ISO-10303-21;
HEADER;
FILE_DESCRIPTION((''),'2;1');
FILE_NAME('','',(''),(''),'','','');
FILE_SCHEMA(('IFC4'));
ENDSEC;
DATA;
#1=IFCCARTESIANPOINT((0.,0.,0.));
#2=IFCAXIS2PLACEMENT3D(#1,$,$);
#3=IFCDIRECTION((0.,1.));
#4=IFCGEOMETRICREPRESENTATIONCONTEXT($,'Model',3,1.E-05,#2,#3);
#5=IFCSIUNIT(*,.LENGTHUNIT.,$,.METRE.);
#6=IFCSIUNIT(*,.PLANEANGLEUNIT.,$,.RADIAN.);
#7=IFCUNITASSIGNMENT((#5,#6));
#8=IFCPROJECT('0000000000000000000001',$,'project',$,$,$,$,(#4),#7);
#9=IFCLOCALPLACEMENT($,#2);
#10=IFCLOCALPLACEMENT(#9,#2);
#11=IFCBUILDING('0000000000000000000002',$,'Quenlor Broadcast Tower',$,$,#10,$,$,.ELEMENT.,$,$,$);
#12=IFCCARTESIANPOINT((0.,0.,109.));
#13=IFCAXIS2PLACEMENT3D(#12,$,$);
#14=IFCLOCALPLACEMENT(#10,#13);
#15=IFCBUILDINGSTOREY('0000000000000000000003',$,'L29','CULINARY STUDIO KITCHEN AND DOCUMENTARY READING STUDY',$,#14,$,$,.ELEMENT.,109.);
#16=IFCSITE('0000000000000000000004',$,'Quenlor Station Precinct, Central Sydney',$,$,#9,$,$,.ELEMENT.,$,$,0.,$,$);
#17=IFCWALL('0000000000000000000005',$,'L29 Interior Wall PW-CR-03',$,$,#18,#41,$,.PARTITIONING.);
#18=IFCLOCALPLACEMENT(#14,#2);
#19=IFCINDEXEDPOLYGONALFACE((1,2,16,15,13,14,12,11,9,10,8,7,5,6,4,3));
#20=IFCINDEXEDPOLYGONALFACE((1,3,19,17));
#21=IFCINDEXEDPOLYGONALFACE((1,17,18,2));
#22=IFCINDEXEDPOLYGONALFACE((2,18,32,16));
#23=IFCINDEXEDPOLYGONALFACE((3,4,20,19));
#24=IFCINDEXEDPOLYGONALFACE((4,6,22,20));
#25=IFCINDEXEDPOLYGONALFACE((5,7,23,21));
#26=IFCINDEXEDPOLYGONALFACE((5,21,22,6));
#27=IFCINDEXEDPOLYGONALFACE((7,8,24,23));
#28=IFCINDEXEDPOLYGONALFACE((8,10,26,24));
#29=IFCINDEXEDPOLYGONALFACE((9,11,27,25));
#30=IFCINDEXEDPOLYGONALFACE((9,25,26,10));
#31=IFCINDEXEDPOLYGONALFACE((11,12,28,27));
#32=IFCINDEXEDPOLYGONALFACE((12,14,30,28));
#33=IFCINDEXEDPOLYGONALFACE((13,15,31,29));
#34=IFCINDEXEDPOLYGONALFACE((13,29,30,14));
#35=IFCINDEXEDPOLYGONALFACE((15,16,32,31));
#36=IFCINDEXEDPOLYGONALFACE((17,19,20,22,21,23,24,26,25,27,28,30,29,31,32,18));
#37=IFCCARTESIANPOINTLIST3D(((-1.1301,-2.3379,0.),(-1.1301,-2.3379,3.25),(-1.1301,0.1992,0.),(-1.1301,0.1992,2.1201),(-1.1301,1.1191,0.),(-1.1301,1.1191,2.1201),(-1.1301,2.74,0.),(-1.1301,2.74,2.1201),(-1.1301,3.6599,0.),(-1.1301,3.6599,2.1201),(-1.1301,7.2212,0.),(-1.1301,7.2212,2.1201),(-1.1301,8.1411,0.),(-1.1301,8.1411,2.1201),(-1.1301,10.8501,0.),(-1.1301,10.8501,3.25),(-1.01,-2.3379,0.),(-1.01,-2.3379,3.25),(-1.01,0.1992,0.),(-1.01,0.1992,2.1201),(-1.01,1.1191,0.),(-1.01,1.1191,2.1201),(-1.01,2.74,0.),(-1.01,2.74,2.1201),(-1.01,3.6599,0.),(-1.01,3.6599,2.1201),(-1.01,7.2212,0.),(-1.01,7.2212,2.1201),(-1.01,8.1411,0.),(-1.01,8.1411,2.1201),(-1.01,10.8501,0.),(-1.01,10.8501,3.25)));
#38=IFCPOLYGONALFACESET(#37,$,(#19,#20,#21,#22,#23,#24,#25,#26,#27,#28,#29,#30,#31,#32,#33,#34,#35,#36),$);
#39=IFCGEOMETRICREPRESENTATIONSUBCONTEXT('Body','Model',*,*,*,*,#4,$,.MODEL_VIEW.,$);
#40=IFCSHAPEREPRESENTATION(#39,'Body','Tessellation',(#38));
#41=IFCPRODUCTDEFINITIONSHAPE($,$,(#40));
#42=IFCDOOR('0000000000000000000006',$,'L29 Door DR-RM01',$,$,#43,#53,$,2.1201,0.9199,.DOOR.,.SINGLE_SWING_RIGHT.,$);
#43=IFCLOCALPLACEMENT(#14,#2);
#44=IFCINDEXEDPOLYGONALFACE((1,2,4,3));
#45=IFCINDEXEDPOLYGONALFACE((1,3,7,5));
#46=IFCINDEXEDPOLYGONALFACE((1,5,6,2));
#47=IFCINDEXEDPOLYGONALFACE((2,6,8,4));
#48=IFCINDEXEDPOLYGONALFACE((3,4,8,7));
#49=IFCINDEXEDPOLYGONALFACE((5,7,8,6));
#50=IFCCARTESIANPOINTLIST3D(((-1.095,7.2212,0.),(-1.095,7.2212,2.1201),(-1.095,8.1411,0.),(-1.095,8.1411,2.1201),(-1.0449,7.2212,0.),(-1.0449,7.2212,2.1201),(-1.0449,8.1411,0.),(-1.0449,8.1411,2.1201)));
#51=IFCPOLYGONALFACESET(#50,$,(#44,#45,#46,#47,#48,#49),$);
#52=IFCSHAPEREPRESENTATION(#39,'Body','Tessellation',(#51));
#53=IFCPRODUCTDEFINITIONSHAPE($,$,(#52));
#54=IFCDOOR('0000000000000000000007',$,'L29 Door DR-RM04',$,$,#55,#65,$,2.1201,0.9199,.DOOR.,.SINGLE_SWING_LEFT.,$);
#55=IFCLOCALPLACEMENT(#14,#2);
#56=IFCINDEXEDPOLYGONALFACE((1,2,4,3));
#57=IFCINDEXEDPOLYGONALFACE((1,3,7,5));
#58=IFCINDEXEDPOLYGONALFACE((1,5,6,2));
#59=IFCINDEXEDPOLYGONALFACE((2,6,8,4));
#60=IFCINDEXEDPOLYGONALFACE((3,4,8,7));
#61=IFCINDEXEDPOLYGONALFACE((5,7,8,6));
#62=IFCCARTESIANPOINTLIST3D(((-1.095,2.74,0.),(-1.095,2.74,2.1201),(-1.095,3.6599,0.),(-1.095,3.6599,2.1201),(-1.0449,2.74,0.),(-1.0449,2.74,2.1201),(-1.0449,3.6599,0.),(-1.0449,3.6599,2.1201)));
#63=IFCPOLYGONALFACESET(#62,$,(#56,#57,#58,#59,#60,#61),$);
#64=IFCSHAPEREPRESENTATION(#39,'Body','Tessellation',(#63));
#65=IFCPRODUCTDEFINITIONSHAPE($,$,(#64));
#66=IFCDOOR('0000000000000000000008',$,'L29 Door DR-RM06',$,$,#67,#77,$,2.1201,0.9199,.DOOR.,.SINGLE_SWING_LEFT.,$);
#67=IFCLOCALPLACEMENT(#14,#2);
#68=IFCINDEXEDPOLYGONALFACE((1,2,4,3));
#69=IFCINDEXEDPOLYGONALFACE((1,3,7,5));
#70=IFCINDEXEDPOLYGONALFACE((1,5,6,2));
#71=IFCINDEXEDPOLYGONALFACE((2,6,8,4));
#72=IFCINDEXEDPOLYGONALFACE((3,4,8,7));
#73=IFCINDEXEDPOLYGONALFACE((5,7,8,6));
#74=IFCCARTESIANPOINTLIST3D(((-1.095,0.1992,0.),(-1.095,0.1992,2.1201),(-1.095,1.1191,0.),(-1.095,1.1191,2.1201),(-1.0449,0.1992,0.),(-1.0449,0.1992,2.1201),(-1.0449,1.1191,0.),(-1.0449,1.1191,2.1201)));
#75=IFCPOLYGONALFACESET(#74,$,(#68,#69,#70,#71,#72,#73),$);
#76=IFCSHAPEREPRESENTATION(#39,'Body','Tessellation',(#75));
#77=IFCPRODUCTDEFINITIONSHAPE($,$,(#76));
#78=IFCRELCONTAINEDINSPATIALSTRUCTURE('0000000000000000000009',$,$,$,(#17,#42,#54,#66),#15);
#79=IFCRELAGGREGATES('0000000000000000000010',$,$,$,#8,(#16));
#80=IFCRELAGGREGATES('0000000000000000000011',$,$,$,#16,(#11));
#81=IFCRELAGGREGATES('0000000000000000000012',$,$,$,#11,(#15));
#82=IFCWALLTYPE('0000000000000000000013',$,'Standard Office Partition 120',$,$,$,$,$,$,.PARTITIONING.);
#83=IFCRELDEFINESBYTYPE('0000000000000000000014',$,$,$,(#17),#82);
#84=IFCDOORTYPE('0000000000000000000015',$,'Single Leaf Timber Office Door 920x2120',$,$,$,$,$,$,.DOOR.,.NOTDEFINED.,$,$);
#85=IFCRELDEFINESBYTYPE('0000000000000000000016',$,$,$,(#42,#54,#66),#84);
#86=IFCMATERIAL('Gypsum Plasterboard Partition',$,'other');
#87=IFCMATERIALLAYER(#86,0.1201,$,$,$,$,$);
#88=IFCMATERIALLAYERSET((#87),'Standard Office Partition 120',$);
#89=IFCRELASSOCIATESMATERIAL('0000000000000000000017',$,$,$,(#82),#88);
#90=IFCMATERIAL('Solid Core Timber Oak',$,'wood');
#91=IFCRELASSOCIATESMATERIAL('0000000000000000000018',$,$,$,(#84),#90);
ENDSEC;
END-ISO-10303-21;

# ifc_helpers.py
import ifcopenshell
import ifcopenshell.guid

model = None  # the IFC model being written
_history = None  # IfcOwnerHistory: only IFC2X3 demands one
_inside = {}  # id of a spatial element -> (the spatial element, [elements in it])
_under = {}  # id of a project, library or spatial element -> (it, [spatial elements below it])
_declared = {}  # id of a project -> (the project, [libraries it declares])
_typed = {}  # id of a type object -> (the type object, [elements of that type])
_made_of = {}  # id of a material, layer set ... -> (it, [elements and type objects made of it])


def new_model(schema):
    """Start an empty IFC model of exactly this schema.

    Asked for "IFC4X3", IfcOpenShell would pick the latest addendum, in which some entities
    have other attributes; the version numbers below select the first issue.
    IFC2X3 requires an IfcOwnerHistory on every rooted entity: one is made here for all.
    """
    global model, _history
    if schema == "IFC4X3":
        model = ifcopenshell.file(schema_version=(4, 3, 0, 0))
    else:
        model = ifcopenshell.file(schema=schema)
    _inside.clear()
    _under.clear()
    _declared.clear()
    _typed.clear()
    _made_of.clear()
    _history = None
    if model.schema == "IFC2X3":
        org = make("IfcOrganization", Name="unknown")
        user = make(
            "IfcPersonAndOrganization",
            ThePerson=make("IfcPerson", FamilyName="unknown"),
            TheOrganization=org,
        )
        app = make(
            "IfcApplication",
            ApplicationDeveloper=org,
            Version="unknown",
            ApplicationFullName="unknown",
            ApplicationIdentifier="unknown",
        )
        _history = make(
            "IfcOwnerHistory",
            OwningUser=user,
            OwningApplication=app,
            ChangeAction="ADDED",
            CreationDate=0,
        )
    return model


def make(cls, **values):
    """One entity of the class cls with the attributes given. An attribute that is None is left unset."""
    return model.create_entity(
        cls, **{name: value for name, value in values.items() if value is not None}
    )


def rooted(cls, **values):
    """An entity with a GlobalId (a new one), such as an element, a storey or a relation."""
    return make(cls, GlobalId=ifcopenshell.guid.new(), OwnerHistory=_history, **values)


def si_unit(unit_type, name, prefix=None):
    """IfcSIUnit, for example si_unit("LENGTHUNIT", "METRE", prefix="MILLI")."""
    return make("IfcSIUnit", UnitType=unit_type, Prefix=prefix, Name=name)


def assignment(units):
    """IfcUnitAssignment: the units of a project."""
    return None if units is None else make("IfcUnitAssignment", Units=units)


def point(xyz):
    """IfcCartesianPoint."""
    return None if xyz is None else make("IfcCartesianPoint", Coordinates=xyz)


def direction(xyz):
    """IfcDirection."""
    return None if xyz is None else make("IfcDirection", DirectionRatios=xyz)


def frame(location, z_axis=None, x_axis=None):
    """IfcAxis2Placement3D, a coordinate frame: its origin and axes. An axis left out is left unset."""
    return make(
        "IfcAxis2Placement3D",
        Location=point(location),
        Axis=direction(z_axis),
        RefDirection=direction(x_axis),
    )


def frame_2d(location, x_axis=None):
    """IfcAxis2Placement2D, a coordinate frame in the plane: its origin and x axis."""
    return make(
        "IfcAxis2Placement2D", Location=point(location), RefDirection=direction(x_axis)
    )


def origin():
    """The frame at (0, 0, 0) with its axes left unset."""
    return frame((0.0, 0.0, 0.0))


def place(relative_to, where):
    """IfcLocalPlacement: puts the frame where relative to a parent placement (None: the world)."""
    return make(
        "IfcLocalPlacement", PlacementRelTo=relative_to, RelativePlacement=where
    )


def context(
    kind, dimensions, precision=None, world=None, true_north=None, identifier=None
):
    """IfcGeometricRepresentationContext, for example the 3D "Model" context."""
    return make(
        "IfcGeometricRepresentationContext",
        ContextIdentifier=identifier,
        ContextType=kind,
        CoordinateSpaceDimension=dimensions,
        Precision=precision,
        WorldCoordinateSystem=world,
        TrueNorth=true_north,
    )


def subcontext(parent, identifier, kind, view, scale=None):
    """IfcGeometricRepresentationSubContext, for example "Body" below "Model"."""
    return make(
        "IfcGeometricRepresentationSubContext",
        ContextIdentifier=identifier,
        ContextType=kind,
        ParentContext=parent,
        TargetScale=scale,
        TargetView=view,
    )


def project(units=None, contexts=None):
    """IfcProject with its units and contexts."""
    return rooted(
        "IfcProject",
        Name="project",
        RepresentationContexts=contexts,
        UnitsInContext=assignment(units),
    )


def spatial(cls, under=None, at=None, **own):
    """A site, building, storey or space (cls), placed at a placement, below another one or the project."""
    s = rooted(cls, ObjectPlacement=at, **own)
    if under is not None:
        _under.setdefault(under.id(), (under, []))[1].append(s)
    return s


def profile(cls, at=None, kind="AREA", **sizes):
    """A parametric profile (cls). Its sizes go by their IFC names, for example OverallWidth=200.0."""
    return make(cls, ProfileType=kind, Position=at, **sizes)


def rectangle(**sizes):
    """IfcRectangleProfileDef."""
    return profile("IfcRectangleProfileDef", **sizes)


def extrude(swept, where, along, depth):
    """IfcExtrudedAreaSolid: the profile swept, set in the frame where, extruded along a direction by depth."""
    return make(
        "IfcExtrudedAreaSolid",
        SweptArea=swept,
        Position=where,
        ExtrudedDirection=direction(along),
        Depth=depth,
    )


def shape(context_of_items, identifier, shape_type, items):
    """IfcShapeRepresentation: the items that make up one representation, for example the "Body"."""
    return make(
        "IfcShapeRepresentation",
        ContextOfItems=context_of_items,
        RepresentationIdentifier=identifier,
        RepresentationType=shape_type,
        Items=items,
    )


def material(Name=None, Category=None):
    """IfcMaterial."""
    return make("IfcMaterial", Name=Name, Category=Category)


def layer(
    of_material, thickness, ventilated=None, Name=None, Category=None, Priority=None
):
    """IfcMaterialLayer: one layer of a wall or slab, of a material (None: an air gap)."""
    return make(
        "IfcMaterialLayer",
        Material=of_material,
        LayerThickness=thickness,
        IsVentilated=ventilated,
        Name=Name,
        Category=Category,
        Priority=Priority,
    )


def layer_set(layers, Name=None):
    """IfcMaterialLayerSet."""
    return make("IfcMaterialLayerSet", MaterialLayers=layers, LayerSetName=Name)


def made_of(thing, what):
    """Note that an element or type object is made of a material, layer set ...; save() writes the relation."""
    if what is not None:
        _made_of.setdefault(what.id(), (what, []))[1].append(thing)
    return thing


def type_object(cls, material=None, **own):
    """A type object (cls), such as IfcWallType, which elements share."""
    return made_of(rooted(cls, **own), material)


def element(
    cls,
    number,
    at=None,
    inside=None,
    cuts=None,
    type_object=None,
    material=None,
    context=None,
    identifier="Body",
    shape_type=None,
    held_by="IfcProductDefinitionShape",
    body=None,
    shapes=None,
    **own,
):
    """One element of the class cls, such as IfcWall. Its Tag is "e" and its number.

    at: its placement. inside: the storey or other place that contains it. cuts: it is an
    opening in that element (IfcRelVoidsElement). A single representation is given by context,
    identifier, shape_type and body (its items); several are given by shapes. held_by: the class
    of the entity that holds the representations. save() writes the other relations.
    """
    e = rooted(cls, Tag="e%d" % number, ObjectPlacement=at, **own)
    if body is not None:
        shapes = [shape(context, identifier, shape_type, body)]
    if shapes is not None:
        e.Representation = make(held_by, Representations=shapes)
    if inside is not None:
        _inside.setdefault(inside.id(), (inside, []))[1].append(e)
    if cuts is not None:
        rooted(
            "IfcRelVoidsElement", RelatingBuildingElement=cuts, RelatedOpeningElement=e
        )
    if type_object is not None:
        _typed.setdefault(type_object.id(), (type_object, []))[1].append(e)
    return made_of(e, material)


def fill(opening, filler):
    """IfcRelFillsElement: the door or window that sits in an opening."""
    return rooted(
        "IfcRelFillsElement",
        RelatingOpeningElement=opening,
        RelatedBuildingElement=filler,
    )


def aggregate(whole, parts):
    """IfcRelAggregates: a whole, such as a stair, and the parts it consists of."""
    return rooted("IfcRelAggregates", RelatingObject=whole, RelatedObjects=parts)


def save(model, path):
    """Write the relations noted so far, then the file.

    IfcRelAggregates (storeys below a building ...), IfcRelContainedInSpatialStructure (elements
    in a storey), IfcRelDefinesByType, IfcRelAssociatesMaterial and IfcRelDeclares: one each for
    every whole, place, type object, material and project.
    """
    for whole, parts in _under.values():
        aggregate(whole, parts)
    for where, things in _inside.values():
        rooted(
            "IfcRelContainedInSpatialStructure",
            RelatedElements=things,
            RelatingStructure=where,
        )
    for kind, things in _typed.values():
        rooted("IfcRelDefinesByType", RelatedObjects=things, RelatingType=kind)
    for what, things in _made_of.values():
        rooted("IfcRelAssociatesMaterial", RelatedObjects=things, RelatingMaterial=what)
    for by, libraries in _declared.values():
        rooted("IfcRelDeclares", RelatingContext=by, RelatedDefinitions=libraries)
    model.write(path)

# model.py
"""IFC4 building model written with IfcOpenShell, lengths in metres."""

from ifc_helpers import new_model, si_unit, direction, frame, frame_2d, origin, place, context, subcontext, project, spatial, rectangle, extrude, material, layer, layer_set, type_object, element, fill, save


model = new_model("IFC4")

# Units and contexts
model_context = context("Model", 3, precision=1e-05, world=origin(), true_north=direction((0.0, 1.0)))
body_context = subcontext(model_context, "Body", "Model", "MODEL_VIEW")
ifc_project = project(units=[si_unit("LENGTHUNIT", "METRE"), si_unit("PLANEANGLEUNIT", "RADIAN")], contexts=[model_context])

# Site, building, storey
site_placement = place(None, origin())
site = spatial("IfcSite", under=ifc_project, at=site_placement, Name="Quenlor Station Precinct, Central Sydney", CompositionType="ELEMENT", RefElevation=0.0)
building_placement = place(site_placement, origin())
building = spatial("IfcBuilding", under=site, at=building_placement, Name="Quenlor Broadcast Tower", CompositionType="ELEMENT")
storey_placement = place(building_placement, frame((0.0, 0.0, 109.0)))
storey = spatial("IfcBuildingStorey", under=building, at=storey_placement, Name="L29", Description="CULINARY STUDIO KITCHEN AND DOCUMENTARY READING STUDY", CompositionType="ELEMENT", Elevation=109.0)

# Shared definitions
ifc_material_1 = material(Name="Gypsum Plasterboard Partition", Category="other")
ifc_layer_1 = layer(ifc_material_1, 0.1201)
ifc_layer_set_1 = layer_set([ifc_layer_1], Name="Standard Office Partition 120")
wall_type_1 = type_object("IfcWallType", Name="Standard Office Partition 120", PredefinedType="PARTITIONING", material=ifc_layer_set_1)

# Wall, openings, doors
wall_1_placement = place(storey_placement, frame((-1.0701, -2.3379, 0.0), z_axis=(0.0, 0.0, 1.0), x_axis=(0.0, 1.0, 0.0)))
wall_1 = element("IfcWall", 1, at=wall_1_placement, inside=storey, type_object=wall_type_1, Name="L29 Interior Wall PW-CR-03", PredefinedType="PARTITIONING", context=body_context, shape_type="SweptSolid", body=[
    extrude(rectangle(XDim=13.188, YDim=0.1201, at=frame_2d((6.594, 0.0))), origin(), (0.0, 0.0, 1.0), 3.25),
])
opening_1_placement = place(wall_1_placement, frame((9.5591, 0.0, 0.0)))
opening_1 = element("IfcOpeningElement", 2, at=opening_1_placement, cuts=wall_1, PredefinedType="OPENING", context=body_context, shape_type="SweptSolid", body=[
    extrude(rectangle(XDim=0.9199, YDim=2.1201, at=frame_2d((0.46, 1.0601))), frame((0.0, 0.0701, 0.0), z_axis=(0.0, -1.0, 0.0), x_axis=(1.0, 0.0, 0.0)), (0.0, 0.0, 1.0), 0.1401),
])
opening_2_placement = place(wall_1_placement, frame((5.0779, 0.0, 0.0)))
opening_2 = element("IfcOpeningElement", 3, at=opening_2_placement, cuts=wall_1, PredefinedType="OPENING", context=body_context, shape_type="SweptSolid", body=[
    extrude(rectangle(XDim=0.9199, YDim=2.1201, at=frame_2d((0.46, 1.0601))), frame((0.0, 0.0701, 0.0), z_axis=(0.0, -1.0, 0.0), x_axis=(1.0, 0.0, 0.0)), (0.0, 0.0, 1.0), 0.1401),
])
opening_3_placement = place(wall_1_placement, frame((2.5371, 0.0, 0.0)))
opening_3 = element("IfcOpeningElement", 4, at=opening_3_placement, cuts=wall_1, PredefinedType="OPENING", context=body_context, shape_type="SweptSolid", body=[
    extrude(rectangle(XDim=0.9199, YDim=2.1201, at=frame_2d((0.46, 1.0601))), frame((0.0, 0.0701, 0.0), z_axis=(0.0, -1.0, 0.0), x_axis=(1.0, 0.0, 0.0)), (0.0, 0.0, 1.0), 0.1401),
])
ifc_material_2 = material(Name="Solid Core Timber Oak", Category="wood")
door_type_1 = type_object("IfcDoorType", Name="Single Leaf Timber Office Door 920x2120", OperationType="NOTDEFINED", PredefinedType="DOOR", material=ifc_material_2)
door_1_placement = place(opening_1_placement, origin())
door_1 = element("IfcDoor", 5, at=door_1_placement, inside=storey, type_object=door_type_1, Name="L29 Door DR-RM01", OperationType="SINGLE_SWING_RIGHT", OverallHeight=2.1201, OverallWidth=0.9199, PredefinedType="DOOR", context=body_context, shape_type="SweptSolid", body=[
    extrude(rectangle(XDim=0.9199, YDim=2.1201, at=frame_2d((0.46, 1.0601))), frame((0.0, 0.0249, 0.0), z_axis=(0.0, -1.0, 0.0), x_axis=(1.0, 0.0, 0.0)), (0.0, 0.0, 1.0), 0.05),
])
fill(opening_1, door_1)
door_2_placement = place(opening_2_placement, origin())
door_2 = element("IfcDoor", 6, at=door_2_placement, inside=storey, type_object=door_type_1, Name="L29 Door DR-RM04", OperationType="SINGLE_SWING_LEFT", OverallHeight=2.1201, OverallWidth=0.9199, PredefinedType="DOOR", context=body_context, shape_type="SweptSolid", body=[
    extrude(rectangle(XDim=0.9199, YDim=2.1201, at=frame_2d((0.46, 1.0601))), frame((0.0, 0.0249, 0.0), z_axis=(0.0, -1.0, 0.0), x_axis=(1.0, 0.0, 0.0)), (0.0, 0.0, 1.0), 0.05),
])
fill(opening_2, door_2)
door_3_placement = place(opening_3_placement, origin())
door_3 = element("IfcDoor", 7, at=door_3_placement, inside=storey, type_object=door_type_1, Name="L29 Door DR-RM06", OperationType="SINGLE_SWING_LEFT", OverallHeight=2.1201, OverallWidth=0.9199, PredefinedType="DOOR", context=body_context, shape_type="SweptSolid", body=[
    extrude(rectangle(XDim=0.9199, YDim=2.1201, at=frame_2d((0.46, 1.0601))), frame((0.0, 0.0249, 0.0), z_axis=(0.0, -1.0, 0.0), x_axis=(1.0, 0.0, 0.0)), (0.0, 0.0, 1.0), 0.05),
])
fill(opening_3, door_3)

save(model, "model.ifc")
